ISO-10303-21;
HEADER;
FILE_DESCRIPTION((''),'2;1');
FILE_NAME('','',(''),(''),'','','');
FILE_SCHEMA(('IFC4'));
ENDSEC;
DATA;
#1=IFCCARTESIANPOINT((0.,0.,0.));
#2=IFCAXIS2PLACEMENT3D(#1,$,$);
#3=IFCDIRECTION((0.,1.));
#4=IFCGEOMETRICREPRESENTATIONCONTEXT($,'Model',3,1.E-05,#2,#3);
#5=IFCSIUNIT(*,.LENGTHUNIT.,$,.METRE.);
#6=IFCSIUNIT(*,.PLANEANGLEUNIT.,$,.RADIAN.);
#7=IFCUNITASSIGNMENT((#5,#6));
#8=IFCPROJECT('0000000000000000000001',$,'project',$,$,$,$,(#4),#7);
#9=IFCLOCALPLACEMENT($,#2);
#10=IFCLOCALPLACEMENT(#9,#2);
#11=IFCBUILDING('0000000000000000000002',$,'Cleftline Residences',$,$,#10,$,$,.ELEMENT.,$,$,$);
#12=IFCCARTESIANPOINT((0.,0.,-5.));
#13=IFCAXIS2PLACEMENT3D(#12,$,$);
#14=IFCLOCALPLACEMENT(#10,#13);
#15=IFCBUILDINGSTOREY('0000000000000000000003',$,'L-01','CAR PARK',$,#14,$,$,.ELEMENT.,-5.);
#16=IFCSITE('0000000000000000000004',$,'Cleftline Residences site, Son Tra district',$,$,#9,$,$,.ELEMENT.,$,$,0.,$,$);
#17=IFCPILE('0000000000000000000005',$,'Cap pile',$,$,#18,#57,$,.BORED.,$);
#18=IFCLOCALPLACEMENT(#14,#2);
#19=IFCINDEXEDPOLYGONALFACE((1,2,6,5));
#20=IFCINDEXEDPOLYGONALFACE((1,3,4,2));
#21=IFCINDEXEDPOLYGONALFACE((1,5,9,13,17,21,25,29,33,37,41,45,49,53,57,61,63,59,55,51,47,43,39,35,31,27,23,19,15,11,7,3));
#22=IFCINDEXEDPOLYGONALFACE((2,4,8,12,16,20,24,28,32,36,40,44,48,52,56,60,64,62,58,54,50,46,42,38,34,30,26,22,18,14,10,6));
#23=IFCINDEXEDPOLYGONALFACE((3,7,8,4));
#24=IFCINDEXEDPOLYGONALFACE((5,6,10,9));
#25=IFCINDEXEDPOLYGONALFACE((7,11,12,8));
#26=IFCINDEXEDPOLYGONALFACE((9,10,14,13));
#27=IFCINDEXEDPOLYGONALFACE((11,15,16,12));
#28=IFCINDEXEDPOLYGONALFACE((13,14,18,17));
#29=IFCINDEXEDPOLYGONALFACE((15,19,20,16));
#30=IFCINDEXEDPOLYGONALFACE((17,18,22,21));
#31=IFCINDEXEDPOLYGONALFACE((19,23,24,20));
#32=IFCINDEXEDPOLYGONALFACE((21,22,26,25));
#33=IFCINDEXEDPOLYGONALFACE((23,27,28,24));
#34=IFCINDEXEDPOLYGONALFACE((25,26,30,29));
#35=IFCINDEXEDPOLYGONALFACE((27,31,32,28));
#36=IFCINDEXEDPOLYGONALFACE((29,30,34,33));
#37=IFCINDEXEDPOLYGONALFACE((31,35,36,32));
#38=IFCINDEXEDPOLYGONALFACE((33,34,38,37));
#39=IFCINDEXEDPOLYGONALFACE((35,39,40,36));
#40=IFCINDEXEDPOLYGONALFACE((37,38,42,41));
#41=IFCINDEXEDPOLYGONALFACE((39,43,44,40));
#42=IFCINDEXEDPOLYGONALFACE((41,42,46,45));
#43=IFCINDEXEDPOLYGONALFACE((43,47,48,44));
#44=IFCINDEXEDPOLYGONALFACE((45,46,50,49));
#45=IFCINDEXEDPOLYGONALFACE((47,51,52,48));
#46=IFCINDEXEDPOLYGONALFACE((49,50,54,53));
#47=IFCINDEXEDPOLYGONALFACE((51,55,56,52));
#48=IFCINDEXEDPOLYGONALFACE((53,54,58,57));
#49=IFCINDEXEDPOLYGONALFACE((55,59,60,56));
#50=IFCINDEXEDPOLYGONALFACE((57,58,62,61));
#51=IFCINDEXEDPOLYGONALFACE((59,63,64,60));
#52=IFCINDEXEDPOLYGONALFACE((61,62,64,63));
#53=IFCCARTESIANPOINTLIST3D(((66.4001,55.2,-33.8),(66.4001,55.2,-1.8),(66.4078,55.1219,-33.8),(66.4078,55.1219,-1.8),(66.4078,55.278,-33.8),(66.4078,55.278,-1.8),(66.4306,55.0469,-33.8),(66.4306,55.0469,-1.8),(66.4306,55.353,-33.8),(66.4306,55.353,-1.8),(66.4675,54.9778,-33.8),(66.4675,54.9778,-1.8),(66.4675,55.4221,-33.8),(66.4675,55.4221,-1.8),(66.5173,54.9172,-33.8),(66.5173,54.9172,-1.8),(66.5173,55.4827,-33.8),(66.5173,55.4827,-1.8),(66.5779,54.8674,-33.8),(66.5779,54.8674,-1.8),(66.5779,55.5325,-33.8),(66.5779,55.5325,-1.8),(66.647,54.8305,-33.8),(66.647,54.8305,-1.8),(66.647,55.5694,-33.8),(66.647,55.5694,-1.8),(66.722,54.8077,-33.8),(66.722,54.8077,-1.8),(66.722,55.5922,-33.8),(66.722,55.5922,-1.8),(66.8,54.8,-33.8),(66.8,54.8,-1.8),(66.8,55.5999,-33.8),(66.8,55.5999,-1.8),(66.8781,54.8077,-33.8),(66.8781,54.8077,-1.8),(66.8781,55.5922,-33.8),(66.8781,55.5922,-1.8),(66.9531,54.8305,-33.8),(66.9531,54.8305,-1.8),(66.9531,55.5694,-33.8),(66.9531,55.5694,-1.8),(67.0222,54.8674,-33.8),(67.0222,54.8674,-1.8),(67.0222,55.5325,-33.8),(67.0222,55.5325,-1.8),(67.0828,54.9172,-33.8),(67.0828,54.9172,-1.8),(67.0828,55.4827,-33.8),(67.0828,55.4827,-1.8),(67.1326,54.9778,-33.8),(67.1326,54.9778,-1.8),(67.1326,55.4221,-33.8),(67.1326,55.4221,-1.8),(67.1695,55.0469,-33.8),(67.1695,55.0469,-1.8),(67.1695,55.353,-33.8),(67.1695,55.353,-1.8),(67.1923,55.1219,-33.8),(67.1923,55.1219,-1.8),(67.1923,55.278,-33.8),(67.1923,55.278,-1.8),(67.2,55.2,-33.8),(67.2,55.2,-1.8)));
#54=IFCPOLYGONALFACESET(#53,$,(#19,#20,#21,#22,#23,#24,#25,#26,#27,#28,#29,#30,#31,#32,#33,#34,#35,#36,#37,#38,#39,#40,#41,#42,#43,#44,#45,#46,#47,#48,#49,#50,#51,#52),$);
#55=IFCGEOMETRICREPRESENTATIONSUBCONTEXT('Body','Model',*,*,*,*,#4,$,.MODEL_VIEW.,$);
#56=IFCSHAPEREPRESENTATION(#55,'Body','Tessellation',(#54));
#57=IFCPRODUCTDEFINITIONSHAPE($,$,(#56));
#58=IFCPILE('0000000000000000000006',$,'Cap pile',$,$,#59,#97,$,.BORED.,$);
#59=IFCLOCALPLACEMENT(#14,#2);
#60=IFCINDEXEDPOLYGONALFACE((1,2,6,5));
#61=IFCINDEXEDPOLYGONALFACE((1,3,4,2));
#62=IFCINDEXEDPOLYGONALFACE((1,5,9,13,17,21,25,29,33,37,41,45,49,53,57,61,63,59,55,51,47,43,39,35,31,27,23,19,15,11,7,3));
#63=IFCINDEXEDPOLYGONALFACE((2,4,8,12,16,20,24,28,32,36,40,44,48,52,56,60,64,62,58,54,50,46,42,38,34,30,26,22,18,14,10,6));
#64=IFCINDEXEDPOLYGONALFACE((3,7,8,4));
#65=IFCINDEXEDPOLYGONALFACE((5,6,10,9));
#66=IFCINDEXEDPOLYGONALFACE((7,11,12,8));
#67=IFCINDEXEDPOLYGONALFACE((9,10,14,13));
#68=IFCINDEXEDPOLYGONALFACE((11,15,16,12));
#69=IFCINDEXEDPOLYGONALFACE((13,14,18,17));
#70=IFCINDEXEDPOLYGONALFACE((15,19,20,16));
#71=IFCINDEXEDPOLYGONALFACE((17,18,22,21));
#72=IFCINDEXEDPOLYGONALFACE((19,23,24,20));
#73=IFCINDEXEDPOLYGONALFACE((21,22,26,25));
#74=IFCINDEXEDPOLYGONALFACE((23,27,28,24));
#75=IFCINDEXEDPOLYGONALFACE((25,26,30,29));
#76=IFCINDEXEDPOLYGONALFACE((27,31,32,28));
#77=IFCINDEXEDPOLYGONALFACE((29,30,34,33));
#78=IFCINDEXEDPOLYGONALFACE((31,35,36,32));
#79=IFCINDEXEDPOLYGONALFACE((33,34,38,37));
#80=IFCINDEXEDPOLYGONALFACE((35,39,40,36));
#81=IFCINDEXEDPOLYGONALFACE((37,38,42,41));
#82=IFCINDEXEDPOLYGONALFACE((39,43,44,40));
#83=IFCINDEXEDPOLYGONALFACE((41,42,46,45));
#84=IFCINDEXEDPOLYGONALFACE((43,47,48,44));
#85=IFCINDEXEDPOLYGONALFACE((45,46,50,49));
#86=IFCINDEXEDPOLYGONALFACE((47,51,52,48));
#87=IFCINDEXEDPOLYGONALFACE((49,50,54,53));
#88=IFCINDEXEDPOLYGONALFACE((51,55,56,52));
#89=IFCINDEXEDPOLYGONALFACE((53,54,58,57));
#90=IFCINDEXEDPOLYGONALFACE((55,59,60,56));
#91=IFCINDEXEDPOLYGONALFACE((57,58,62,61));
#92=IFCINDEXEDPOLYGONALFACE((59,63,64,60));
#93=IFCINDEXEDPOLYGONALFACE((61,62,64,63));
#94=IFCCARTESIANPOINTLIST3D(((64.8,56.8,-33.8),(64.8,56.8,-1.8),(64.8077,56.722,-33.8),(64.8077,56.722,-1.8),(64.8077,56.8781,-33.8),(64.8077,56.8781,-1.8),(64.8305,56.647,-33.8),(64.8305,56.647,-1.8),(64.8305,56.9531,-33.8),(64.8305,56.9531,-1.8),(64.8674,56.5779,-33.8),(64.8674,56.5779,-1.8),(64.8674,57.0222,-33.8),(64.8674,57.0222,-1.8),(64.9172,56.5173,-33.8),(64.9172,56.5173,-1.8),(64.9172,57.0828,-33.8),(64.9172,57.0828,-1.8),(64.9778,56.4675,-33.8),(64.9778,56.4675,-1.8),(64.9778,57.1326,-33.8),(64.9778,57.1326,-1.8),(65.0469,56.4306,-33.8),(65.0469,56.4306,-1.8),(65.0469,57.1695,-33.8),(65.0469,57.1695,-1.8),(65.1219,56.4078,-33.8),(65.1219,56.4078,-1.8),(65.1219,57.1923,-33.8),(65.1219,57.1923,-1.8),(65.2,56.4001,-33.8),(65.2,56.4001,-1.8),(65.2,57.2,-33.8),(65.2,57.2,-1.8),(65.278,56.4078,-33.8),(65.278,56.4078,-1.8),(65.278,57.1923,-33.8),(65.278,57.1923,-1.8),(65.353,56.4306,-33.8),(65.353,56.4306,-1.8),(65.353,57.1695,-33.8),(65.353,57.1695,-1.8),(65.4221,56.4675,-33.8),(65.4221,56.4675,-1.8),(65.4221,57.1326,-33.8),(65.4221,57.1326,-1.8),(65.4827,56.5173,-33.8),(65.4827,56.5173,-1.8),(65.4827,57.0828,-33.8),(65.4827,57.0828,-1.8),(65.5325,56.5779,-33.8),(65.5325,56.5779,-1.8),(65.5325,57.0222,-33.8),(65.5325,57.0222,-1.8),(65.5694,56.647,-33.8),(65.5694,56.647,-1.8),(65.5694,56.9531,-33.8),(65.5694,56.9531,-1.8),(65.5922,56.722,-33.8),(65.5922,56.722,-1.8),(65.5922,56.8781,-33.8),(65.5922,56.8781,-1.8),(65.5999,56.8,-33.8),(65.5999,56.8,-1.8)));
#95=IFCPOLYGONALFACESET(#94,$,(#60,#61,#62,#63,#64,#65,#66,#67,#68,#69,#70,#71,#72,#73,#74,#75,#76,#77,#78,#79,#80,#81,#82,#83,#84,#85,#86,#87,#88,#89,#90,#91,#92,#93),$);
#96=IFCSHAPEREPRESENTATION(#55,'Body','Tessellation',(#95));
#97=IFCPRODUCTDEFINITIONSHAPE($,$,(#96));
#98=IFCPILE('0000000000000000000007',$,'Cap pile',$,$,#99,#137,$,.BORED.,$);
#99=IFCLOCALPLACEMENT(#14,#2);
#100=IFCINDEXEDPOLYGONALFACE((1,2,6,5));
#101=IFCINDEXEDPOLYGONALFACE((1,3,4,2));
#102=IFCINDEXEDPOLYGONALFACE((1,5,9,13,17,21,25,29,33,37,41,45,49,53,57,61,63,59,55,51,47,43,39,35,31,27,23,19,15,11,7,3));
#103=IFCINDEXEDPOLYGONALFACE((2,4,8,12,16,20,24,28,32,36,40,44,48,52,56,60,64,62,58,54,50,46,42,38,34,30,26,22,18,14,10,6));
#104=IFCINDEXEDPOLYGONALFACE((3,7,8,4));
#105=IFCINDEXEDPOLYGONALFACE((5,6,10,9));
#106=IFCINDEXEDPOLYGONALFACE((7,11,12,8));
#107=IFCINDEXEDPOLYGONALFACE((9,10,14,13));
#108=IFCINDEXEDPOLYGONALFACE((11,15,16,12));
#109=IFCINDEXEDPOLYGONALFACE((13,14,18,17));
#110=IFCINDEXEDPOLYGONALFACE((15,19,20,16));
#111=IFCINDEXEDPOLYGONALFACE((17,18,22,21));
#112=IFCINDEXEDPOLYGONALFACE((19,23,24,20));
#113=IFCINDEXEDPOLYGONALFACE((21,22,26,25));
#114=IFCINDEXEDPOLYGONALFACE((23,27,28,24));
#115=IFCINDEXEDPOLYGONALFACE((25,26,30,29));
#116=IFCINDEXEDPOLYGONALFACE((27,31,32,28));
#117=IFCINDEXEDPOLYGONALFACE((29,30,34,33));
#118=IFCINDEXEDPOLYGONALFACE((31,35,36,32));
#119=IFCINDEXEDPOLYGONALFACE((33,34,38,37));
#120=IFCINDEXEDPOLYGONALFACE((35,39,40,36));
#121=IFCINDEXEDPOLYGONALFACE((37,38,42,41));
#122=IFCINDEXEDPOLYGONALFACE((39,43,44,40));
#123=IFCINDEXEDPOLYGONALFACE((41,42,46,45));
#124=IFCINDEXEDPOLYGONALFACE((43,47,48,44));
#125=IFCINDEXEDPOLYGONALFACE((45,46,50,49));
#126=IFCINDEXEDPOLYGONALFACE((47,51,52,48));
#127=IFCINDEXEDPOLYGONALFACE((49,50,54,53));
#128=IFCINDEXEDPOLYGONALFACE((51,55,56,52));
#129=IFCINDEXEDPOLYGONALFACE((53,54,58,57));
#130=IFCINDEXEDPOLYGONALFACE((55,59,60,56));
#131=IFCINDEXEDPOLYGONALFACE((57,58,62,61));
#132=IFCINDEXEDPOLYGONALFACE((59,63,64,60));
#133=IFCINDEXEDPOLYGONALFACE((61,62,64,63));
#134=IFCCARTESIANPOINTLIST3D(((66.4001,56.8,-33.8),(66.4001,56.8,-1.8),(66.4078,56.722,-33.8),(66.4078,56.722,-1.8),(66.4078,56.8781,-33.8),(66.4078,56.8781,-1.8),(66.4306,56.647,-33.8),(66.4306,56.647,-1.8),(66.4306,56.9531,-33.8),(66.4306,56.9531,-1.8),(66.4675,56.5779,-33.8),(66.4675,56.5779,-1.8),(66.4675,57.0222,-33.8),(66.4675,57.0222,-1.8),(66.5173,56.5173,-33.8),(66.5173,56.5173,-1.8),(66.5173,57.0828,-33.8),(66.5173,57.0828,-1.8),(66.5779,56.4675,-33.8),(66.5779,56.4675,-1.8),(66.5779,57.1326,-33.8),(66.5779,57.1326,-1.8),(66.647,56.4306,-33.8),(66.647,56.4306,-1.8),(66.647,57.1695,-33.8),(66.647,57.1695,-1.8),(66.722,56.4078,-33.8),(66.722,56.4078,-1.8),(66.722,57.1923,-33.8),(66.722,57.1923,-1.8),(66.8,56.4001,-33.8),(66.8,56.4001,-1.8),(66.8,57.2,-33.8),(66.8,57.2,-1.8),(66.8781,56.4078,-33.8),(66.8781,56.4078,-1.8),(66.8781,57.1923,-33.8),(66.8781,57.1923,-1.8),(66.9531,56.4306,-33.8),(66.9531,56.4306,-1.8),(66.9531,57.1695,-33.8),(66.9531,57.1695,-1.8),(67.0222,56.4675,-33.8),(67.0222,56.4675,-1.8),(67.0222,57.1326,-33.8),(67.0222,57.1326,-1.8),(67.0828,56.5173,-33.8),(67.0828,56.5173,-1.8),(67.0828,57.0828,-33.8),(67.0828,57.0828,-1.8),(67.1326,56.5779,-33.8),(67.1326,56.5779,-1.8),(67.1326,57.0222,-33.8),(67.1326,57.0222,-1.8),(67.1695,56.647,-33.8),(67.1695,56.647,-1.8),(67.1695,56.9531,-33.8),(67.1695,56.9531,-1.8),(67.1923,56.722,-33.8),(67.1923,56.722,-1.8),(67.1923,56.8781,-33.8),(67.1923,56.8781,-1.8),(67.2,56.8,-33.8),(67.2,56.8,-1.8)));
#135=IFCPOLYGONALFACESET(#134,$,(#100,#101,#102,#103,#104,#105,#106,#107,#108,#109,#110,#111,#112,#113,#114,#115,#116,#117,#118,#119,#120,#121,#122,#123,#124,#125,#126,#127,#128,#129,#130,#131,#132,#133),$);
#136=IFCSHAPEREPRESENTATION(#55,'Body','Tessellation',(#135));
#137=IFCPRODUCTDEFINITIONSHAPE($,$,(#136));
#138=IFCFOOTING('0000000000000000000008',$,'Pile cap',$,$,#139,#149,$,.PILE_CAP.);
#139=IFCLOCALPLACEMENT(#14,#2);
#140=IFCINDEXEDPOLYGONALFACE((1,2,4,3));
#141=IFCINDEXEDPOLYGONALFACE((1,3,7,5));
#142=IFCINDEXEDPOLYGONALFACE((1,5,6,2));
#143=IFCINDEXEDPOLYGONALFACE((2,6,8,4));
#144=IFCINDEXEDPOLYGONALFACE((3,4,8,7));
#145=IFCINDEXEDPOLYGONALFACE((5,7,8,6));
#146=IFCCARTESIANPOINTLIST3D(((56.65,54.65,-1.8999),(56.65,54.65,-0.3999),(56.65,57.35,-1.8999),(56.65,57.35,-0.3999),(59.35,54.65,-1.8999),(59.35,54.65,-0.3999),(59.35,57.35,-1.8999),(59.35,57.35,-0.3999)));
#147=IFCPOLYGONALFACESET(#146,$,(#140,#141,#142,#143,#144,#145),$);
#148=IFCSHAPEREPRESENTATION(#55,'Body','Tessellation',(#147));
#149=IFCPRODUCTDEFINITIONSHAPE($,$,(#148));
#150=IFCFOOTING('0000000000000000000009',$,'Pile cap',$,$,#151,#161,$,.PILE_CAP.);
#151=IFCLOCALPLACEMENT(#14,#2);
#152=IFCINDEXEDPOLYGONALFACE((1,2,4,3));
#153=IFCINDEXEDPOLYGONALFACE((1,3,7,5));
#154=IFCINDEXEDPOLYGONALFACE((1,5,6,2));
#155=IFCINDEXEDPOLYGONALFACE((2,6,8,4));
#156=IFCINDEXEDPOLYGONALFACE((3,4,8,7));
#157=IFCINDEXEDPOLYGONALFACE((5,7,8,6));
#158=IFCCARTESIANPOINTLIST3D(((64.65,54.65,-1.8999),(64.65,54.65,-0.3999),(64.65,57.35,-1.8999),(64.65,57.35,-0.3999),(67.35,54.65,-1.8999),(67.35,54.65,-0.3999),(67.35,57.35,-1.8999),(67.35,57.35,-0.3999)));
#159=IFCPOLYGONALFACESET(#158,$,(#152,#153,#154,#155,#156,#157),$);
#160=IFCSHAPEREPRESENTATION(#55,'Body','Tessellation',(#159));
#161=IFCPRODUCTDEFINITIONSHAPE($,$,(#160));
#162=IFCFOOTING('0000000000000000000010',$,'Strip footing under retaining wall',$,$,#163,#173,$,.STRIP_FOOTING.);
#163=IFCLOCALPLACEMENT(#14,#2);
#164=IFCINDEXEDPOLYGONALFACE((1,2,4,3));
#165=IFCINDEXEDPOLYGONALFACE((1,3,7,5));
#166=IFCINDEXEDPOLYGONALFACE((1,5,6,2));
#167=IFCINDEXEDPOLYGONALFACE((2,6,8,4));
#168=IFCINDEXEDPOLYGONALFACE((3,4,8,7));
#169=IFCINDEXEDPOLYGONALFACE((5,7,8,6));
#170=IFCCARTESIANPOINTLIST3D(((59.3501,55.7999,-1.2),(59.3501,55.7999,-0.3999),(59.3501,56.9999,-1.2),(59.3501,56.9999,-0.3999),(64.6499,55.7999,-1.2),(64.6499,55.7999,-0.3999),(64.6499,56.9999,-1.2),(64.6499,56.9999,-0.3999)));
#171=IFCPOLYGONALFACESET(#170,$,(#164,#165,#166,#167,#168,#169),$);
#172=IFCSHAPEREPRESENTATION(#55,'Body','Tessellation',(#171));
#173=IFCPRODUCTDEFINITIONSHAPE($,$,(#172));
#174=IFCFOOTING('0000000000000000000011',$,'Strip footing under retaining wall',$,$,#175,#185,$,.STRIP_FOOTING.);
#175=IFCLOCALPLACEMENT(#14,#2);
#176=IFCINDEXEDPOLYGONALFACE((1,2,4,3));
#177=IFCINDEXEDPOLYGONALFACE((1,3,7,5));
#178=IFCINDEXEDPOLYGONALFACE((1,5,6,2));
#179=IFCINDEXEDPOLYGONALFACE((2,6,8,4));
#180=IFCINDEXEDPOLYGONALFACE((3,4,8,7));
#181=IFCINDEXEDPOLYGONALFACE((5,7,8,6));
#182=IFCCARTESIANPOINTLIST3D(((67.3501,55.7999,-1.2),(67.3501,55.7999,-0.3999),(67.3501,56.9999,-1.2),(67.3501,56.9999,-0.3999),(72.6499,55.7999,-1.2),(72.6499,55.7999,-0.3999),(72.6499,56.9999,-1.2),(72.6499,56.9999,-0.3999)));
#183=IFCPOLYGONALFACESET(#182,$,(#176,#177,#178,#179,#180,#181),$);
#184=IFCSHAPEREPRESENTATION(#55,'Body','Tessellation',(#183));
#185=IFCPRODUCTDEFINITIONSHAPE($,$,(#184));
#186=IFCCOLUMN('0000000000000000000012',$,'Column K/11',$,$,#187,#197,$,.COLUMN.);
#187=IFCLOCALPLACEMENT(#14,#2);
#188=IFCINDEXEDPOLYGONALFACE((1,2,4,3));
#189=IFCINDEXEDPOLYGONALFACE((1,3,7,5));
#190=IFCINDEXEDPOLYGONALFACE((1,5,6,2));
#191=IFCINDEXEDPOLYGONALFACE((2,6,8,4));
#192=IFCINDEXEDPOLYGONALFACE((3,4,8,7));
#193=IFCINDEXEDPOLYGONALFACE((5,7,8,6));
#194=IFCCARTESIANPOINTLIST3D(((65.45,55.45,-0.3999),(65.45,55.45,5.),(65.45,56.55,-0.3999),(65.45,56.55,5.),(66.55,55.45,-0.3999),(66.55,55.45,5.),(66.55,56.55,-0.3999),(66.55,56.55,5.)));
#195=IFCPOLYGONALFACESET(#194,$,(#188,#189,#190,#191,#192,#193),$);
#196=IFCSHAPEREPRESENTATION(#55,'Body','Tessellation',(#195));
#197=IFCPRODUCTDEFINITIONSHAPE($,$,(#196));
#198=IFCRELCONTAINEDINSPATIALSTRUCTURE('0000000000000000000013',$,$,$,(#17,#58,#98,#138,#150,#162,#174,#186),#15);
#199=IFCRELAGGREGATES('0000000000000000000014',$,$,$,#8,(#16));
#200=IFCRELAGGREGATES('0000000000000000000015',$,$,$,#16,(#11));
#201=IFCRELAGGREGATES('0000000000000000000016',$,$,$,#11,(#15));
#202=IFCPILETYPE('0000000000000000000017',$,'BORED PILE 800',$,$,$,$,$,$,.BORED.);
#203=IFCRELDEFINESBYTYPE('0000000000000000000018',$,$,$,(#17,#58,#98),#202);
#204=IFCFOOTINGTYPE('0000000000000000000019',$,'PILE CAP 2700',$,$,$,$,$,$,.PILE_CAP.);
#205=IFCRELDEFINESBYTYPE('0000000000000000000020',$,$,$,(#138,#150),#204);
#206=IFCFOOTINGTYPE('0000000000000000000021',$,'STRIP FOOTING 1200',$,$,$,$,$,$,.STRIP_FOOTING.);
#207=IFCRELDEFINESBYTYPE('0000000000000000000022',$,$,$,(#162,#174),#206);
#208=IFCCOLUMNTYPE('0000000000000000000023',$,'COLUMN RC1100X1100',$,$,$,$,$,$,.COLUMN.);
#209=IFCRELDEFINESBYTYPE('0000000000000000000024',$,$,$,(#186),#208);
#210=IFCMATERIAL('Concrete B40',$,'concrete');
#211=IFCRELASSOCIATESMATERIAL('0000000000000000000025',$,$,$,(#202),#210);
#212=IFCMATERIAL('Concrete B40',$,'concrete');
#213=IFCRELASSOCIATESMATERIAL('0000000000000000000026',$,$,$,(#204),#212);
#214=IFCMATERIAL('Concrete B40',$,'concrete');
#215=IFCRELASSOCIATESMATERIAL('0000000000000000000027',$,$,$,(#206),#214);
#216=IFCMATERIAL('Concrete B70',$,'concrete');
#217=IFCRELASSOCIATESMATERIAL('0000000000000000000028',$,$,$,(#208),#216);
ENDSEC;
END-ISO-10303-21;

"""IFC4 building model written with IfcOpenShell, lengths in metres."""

from ifc_helpers import new_model, si_unit, direction, frame, frame_2d, origin, origin_2d, place, context, subcontext, project, spatial, rectangle, circle, extrude, material, material_profile, profile_set, type_object, element, save


model = new_model("IFC4")

# Units and contexts
model_context = context("Model", 3, precision=1e-05, world=origin(), true_north=direction((0.0, 1.0)))
body_context = subcontext(model_context, "Body", "Model", "MODEL_VIEW")
ifc_project = project(units=[si_unit("LENGTHUNIT", "METRE"), si_unit("PLANEANGLEUNIT", "RADIAN")], contexts=[model_context])

# Site, building, storey
site_placement = place(None, origin())
site = spatial("IfcSite", under=ifc_project, at=site_placement, Name="Cleftline Residences site, Son Tra district", CompositionType="ELEMENT", RefElevation=0.0)
building_placement = place(site_placement, origin())
building = spatial("IfcBuilding", under=site, at=building_placement, Name="Cleftline Residences", CompositionType="ELEMENT")
storey_placement = place(building_placement, frame((0.0, 0.0, -5.0)))
storey = spatial("IfcBuildingStorey", under=building, at=storey_placement, Name="L-01", Description="CAR PARK", CompositionType="ELEMENT", Elevation=-5.0)

# Piles
ifc_material_1 = material(Name="Concrete B40", Category="concrete")
ifc_material_profile_1 = material_profile(ifc_material_1, circle(Radius=0.3999, at=origin_2d()))
ifc_profile_set_1 = profile_set([ifc_material_profile_1], Name="Concrete B40")
pile_type_1 = type_object("IfcPileType", Name="BORED PILE 800", PredefinedType="BORED", material=ifc_profile_set_1)
for number, where, z_axis, x_axis, name in (
    (1, (66.8, 55.2, -1.8), (0.0, 0.0, -1.0), (1.0, 0.0, 0.0), "Cap pile"),
    (2, (65.2, 56.8, -1.8), (0.0, 0.0, -1.0), (1.0, 0.0, 0.0), "Cap pile"),
    (3, (66.8, 56.8, -1.8), (0.0, 0.0, -1.0), (1.0, 0.0, 0.0), "Cap pile"),
):
    element("IfcPile", number, at=place(storey_placement, frame(where, z_axis=z_axis, x_axis=x_axis)), inside=storey, type_object=pile_type_1, Name=name, PredefinedType="BORED", context=body_context, shape_type="SweptSolid", body=[
        extrude(circle(Radius=0.3999, at=origin_2d()), origin(), (0.0, 0.0, 1.0), 32.0),
    ])

# Footings
ifc_material_2 = material(Name="Concrete B40", Category="concrete")
footing_type_1 = type_object("IfcFootingType", Name="PILE CAP 2700", PredefinedType="PILE_CAP", material=ifc_material_2)
for number, where, z_axis, x_axis, name in (
    (4, (58.0, 56.0, -1.8999), (0.0, 0.0, 1.0), (1.0, 0.0, 0.0), "Pile cap"),
    (5, (66.0, 56.0, -1.8999), (0.0, 0.0, 1.0), (1.0, 0.0, 0.0), "Pile cap"),
):
    element("IfcFooting", number, at=place(storey_placement, frame(where, z_axis=z_axis, x_axis=x_axis)), inside=storey, type_object=footing_type_1, Name=name, PredefinedType="PILE_CAP", context=body_context, shape_type="SweptSolid", body=[
        extrude(rectangle(XDim=2.7, YDim=2.7, at=origin_2d()), origin(), (0.0, 0.0, 1.0), 1.5),
    ])
ifc_material_3 = material(Name="Concrete B40", Category="concrete")
footing_type_2 = type_object("IfcFootingType", Name="STRIP FOOTING 1200", PredefinedType="STRIP_FOOTING", material=ifc_material_3)
for number, where, z_axis, x_axis, name in (
    (6, (59.3501, 56.3999, -1.2), (0.0, 0.0, 1.0), (1.0, 0.0, 0.0), "Strip footing under retaining wall"),
    (7, (67.3501, 56.3999, -1.2), (0.0, 0.0, 1.0), (1.0, 0.0, 0.0), "Strip footing under retaining wall"),
):
    element("IfcFooting", number, at=place(storey_placement, frame(where, z_axis=z_axis, x_axis=x_axis)), inside=storey, type_object=footing_type_2, Name=name, PredefinedType="STRIP_FOOTING", context=body_context, shape_type="SweptSolid", body=[
        extrude(rectangle(XDim=5.2998, YDim=1.2, at=frame_2d((2.6499, 0.0))), origin(), (0.0, 0.0, 1.0), 0.8),
    ])

# Column
ifc_material_4 = material(Name="Concrete B70", Category="concrete")
ifc_material_profile_2 = material_profile(ifc_material_4, rectangle(XDim=1.1001, YDim=1.1001, at=origin_2d()))
ifc_profile_set_2 = profile_set([ifc_material_profile_2], Name="Concrete B70")
column_type_1 = type_object("IfcColumnType", Name="COLUMN RC1100X1100", PredefinedType="COLUMN", material=ifc_profile_set_2)
column_1_placement = place(storey_placement, frame((66.0, 56.0, -0.3999), z_axis=(0.0, 0.0, 1.0), x_axis=(1.0, 0.0, 0.0)))
element("IfcColumn", 8, at=column_1_placement, inside=storey, type_object=column_type_1, Name="Column K/11", PredefinedType="COLUMN", context=body_context, shape_type="SweptSolid", body=[
    extrude(rectangle(XDim=1.1001, YDim=1.1001, at=origin_2d()), origin(), (0.0, 0.0, 1.0), 5.3999),
])

save(model, "model.ifc")
